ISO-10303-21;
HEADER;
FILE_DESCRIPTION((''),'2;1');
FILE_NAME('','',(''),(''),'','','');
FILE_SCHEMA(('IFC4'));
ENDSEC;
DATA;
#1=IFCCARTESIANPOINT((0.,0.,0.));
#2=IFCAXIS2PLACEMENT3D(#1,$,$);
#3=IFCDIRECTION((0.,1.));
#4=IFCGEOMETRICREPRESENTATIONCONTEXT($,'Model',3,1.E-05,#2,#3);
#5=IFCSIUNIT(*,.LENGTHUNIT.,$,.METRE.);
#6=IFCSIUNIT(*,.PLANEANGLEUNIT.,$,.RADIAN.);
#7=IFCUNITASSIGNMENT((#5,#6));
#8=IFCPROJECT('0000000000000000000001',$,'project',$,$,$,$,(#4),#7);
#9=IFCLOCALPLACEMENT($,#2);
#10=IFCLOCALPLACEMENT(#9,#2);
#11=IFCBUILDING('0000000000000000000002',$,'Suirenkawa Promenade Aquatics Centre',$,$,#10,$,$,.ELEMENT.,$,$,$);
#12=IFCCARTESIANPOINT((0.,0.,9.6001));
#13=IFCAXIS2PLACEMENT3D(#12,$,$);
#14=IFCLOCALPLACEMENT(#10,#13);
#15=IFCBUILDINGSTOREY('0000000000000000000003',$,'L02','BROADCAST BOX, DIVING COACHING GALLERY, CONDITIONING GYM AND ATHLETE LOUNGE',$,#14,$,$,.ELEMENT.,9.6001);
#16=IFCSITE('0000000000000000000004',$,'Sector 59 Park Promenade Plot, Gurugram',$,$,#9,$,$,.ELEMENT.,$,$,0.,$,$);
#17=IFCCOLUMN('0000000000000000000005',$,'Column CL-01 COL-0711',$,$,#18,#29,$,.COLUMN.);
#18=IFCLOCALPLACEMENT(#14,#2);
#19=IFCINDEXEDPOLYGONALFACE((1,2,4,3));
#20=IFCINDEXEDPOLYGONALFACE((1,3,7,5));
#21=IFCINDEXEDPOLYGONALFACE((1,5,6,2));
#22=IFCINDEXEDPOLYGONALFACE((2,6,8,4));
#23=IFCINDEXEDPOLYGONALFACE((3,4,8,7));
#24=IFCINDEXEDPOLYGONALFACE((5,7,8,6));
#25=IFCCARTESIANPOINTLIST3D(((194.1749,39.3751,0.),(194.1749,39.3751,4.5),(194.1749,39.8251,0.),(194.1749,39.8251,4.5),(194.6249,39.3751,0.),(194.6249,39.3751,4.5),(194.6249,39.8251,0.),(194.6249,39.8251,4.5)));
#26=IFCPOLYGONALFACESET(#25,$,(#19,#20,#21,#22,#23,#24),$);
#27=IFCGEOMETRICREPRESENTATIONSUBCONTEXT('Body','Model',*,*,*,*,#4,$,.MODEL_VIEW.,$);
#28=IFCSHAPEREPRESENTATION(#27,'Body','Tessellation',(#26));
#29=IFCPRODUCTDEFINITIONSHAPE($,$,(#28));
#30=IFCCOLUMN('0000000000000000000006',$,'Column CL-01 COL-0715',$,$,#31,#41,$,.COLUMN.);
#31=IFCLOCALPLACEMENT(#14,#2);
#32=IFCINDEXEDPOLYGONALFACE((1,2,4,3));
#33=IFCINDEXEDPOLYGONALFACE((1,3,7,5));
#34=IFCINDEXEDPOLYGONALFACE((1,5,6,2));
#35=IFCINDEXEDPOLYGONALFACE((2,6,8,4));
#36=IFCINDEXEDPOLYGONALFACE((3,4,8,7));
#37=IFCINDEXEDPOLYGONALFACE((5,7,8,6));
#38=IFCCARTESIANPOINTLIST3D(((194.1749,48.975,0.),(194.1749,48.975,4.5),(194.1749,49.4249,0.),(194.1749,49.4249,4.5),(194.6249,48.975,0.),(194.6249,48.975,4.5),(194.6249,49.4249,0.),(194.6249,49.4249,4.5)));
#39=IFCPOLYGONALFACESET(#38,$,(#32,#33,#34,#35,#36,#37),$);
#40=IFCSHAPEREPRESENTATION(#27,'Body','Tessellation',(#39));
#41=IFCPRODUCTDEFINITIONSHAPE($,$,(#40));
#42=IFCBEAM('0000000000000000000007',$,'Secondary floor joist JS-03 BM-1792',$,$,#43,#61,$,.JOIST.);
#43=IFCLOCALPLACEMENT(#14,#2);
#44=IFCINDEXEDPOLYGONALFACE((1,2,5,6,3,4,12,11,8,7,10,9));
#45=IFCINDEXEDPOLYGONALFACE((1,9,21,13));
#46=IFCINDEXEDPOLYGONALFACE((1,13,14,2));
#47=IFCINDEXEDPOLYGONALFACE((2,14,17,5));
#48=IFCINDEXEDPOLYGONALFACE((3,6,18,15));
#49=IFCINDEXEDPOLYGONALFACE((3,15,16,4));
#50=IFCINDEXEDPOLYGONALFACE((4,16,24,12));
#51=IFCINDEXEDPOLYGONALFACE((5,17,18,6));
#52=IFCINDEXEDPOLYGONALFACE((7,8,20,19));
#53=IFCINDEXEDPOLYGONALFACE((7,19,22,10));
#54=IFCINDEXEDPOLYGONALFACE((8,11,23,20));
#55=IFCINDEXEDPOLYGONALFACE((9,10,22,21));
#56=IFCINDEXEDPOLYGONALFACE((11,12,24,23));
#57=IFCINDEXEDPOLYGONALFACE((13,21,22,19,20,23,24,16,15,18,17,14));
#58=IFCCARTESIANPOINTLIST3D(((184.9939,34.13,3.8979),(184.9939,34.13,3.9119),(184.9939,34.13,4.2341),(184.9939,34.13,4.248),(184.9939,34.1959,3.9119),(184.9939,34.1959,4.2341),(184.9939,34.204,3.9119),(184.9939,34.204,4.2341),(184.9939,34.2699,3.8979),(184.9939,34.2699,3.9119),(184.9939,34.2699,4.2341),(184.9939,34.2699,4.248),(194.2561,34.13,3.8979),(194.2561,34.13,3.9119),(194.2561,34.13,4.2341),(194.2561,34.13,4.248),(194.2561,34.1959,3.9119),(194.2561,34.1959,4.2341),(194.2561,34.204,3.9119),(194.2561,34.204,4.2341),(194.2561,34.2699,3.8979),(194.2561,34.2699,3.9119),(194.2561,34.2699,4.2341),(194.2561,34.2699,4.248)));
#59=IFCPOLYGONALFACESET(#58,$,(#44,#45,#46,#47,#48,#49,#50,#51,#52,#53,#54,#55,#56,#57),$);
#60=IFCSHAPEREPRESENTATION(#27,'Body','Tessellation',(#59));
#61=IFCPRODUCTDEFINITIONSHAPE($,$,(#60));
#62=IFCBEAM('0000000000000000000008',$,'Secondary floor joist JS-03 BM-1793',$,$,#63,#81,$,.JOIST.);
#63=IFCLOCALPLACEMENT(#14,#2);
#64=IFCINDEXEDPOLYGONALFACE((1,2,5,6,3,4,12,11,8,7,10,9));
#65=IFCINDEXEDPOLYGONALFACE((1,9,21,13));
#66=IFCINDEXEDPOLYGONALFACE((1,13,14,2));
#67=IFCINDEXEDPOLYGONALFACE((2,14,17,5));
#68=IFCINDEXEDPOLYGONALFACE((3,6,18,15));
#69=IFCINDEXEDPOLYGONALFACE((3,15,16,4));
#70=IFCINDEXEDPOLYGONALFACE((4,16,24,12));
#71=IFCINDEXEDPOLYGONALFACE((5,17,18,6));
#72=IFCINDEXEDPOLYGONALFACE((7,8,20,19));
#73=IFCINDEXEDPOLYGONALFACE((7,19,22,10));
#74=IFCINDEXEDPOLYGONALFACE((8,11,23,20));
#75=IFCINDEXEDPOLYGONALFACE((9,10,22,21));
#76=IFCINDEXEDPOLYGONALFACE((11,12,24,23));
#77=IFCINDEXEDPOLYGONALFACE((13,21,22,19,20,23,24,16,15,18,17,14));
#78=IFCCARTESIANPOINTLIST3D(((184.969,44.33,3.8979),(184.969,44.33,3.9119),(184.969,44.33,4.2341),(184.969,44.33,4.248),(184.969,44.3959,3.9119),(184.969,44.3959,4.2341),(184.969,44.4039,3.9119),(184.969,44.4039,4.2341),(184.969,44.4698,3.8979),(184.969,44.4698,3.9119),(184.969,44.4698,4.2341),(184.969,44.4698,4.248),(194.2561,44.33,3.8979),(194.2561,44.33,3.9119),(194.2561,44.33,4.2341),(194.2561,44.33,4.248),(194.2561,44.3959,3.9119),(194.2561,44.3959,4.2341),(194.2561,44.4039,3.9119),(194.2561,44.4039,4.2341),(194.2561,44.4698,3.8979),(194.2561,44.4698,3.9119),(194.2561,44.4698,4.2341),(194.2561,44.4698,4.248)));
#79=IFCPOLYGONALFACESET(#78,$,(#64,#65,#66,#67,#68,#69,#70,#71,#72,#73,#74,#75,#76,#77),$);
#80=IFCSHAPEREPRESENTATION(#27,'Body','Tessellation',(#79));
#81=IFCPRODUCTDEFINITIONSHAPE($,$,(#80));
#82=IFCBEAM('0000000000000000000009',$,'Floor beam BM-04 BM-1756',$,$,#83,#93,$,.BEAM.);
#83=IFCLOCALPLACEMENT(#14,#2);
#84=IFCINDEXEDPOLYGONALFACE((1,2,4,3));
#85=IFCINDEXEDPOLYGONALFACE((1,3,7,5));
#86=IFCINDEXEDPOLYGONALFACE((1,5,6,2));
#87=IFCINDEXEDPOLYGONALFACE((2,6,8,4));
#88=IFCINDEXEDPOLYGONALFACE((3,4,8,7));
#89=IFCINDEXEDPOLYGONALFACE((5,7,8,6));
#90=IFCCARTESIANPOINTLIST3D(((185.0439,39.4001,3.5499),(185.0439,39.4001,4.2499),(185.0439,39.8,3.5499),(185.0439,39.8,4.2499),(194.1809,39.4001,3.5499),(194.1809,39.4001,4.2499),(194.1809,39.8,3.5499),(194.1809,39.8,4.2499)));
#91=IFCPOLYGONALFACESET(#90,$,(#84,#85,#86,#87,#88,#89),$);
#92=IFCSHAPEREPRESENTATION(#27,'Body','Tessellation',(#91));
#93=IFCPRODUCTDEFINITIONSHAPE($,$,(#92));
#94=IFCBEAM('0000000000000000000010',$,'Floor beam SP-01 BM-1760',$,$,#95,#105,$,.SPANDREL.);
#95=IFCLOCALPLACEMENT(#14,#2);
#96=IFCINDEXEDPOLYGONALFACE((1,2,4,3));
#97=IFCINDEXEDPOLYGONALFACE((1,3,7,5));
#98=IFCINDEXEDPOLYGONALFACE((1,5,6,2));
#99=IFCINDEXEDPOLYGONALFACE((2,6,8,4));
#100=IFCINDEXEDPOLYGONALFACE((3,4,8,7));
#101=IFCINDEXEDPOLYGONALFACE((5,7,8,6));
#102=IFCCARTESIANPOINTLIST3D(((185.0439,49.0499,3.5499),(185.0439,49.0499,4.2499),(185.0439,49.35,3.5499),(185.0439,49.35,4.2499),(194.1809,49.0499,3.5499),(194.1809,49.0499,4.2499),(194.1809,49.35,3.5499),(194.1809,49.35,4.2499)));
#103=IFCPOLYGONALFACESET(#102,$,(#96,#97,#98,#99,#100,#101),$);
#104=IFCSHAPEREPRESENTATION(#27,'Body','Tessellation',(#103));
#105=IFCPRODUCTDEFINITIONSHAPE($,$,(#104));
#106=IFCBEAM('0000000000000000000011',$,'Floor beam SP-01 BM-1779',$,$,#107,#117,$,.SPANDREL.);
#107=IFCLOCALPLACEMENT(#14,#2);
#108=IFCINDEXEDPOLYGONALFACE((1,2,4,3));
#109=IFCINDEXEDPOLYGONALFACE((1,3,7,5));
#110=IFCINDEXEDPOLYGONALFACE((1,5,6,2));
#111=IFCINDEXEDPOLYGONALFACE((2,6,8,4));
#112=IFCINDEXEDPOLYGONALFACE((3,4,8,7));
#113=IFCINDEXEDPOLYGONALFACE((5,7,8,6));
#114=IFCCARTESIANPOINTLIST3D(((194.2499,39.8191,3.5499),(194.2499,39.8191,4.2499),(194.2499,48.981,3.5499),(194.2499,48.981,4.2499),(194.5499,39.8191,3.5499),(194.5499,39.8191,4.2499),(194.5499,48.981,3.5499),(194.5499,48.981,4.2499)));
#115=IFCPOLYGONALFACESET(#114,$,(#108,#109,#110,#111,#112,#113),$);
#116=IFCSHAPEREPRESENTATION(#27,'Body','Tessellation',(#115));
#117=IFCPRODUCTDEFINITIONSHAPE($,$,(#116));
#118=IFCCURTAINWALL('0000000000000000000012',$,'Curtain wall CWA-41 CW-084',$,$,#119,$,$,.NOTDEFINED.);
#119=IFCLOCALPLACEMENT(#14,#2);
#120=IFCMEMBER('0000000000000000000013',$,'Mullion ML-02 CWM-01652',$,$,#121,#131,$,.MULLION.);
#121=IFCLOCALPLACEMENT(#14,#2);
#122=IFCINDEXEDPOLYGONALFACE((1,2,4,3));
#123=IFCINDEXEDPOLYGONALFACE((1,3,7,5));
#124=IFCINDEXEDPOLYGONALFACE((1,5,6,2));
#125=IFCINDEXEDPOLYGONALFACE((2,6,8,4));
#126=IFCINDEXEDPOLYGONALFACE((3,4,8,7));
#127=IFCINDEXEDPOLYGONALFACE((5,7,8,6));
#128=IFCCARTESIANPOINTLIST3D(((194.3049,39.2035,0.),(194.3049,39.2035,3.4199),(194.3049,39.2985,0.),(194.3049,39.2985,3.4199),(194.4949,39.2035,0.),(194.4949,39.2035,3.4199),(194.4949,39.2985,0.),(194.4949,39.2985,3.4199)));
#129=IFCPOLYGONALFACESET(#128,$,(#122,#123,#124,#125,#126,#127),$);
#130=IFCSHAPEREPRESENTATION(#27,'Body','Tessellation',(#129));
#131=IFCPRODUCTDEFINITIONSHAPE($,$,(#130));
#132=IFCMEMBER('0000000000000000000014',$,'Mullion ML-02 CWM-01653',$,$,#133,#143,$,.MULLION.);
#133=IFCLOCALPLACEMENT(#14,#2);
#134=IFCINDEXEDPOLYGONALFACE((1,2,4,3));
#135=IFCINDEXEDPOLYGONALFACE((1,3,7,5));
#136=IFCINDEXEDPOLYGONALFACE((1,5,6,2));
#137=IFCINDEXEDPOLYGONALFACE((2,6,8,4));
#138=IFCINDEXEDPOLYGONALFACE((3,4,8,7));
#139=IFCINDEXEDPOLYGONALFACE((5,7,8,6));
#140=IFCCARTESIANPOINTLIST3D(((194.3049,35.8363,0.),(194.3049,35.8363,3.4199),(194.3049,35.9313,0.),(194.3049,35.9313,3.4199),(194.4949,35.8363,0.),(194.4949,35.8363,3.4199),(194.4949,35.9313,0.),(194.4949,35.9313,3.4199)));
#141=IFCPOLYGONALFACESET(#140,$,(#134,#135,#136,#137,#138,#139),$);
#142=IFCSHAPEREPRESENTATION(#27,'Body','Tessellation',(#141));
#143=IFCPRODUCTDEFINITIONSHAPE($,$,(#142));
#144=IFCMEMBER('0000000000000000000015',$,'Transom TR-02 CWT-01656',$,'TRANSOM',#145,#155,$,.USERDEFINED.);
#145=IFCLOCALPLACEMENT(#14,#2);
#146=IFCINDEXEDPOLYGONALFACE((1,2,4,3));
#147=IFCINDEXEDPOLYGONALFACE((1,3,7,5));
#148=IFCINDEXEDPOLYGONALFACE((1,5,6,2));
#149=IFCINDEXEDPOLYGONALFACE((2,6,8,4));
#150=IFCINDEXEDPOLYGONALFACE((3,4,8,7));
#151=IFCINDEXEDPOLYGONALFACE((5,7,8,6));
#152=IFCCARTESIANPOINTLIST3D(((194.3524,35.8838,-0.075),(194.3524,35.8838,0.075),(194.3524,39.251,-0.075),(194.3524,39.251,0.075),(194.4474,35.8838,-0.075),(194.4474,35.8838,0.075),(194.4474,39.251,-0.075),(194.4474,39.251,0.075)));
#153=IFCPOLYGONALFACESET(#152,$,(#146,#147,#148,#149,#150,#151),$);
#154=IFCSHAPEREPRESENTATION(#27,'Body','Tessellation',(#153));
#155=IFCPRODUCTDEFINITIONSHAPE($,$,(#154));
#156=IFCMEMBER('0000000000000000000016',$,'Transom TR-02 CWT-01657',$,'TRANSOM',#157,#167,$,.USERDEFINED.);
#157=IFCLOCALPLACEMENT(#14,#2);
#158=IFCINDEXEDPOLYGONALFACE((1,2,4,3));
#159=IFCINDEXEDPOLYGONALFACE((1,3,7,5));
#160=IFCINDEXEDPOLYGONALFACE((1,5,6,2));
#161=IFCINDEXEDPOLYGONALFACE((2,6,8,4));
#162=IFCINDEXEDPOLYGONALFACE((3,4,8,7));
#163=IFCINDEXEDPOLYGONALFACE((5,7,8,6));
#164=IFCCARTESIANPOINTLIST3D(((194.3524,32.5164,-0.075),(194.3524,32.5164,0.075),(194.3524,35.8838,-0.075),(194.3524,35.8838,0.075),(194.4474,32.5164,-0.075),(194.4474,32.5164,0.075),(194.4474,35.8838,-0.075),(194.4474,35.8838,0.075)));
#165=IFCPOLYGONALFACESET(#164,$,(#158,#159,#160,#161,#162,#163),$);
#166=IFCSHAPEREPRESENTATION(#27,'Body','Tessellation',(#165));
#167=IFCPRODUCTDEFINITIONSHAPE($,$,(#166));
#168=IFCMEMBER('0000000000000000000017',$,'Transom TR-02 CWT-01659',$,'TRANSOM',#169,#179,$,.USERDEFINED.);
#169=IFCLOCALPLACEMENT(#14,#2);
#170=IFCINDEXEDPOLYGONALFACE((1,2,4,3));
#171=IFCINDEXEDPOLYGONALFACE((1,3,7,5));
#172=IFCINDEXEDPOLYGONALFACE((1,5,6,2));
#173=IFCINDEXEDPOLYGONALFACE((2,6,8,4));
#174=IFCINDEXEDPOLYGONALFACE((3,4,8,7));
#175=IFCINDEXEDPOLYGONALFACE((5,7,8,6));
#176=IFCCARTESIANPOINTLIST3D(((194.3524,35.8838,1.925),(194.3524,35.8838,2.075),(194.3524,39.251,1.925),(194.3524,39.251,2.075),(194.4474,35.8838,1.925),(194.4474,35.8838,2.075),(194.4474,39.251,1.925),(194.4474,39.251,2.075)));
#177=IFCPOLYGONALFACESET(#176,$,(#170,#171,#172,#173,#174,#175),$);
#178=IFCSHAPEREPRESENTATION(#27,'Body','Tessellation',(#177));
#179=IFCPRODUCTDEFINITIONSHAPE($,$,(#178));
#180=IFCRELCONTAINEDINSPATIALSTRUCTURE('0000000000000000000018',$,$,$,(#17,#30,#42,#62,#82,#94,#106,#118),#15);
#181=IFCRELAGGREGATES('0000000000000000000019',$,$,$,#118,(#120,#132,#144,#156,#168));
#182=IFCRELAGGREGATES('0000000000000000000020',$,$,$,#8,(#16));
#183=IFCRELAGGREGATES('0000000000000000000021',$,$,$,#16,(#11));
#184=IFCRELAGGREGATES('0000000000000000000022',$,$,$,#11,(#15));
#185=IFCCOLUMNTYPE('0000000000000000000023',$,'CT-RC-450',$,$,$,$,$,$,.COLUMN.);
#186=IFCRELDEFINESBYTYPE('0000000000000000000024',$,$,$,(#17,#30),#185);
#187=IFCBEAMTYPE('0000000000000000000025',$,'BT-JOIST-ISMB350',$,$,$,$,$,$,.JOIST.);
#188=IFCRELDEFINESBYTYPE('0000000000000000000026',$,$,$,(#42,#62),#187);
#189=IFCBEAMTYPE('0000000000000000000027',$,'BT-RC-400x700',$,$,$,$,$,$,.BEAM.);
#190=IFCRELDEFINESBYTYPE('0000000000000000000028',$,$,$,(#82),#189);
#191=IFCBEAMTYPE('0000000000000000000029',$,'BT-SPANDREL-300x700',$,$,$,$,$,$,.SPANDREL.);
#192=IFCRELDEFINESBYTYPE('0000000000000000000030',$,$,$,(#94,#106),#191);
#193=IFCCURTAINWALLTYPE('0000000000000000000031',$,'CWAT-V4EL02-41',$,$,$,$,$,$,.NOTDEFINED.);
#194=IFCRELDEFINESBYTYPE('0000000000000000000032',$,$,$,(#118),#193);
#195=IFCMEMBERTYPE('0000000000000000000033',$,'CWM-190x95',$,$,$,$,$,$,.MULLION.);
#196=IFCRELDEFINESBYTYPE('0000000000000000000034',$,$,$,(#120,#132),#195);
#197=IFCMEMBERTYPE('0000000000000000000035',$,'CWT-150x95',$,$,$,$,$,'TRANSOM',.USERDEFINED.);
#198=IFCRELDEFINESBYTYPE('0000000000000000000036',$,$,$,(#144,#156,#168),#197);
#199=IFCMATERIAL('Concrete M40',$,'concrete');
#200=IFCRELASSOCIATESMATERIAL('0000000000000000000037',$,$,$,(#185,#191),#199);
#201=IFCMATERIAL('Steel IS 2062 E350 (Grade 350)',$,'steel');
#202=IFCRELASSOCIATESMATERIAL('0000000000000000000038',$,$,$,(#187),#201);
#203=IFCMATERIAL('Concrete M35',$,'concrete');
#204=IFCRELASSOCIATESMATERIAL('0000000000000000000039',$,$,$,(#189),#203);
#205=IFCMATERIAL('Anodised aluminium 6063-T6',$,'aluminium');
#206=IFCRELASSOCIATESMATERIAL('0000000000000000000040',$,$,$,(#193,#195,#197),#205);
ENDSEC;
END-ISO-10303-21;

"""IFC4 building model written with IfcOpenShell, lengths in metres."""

from ifc_helpers import new_model, si_unit, direction, frame, origin, origin_2d, place, context, subcontext, project, spatial, rectangle, i_section, extrude, material, material_profile, profile_set, type_object, element, aggregate, save


model = new_model("IFC4")

# Units and contexts
model_context = context("Model", 3, precision=1e-05, world=origin(), true_north=direction((0.0, 1.0)))
body_context = subcontext(model_context, "Body", "Model", "MODEL_VIEW")
ifc_project = project(units=[si_unit("LENGTHUNIT", "METRE"), si_unit("PLANEANGLEUNIT", "RADIAN")], contexts=[model_context])

# Site, building, storey
site_placement = place(None, origin())
site = spatial("IfcSite", under=ifc_project, at=site_placement, Name="Sector 59 Park Promenade Plot, Gurugram", CompositionType="ELEMENT", RefElevation=0.0)
building_placement = place(site_placement, origin())
building = spatial("IfcBuilding", under=site, at=building_placement, Name="Suirenkawa Promenade Aquatics Centre", CompositionType="ELEMENT")
storey_placement = place(building_placement, frame((0.0, 0.0, 9.6001)))
storey = spatial("IfcBuildingStorey", under=building, at=storey_placement, Name="L02", Description="BROADCAST BOX, DIVING COACHING GALLERY, CONDITIONING GYM AND ATHLETE LOUNGE", CompositionType="ELEMENT", Elevation=9.6001)

# Columns
ifc_material_1 = material(Name="Concrete M40", Category="concrete")
ifc_material_profile_1 = material_profile(ifc_material_1, rectangle(XDim=0.45, YDim=0.45, at=origin_2d()), Name="RC COL 450x450", Category="concrete")
ifc_profile_set_1 = profile_set([ifc_material_profile_1], Name="Concrete M40")
column_type = type_object("IfcColumnType", Name="CT-RC-450", PredefinedType="COLUMN", material=ifc_profile_set_1)
for number, where, z_axis, x_axis, name in (
    (1, (194.3999, 39.6001, 0.0), (0.0, 0.0, 1.0), (1.0, 0.0, 0.0), "Column CL-01 COL-0711"),
    (2, (194.3999, 49.2, 0.0), (0.0, 0.0, 1.0), (1.0, 0.0, 0.0), "Column CL-01 COL-0715"),
):
    element("IfcColumn", number, at=place(storey_placement, frame(where, z_axis=z_axis, x_axis=x_axis)), inside=storey, type_object=column_type, Name=name, PredefinedType="COLUMN", context=body_context, shape_type="SweptSolid", body=[
        extrude(rectangle(XDim=0.45, YDim=0.45, at=origin_2d()), origin(), (0.0, 0.0, 1.0), 4.5),
    ])

# Beams
ifc_material_2 = material(Name="Steel IS 2062 E350 (Grade 350)", Category="steel")
ifc_material_profile_2 = material_profile(ifc_material_2, i_section(OverallWidth=0.1399, OverallDepth=0.3501, WebThickness=0.0081, FlangeThickness=0.0139, at=origin_2d()), Name="ISMB 350", Category="steel")
ifc_profile_set_2 = profile_set([ifc_material_profile_2], Name="Steel IS 2062 E350 (Grade 350)")
beam_type_1 = type_object("IfcBeamType", Name="BT-JOIST-ISMB350", PredefinedType="JOIST", material=ifc_profile_set_2)
beam_1_placement = place(storey_placement, frame((184.9939, 34.2, 4.073), z_axis=(1.0, 0.0, 0.0), x_axis=(0.0, 1.0, 0.0)))
element("IfcBeam", 3, at=beam_1_placement, inside=storey, type_object=beam_type_1, Name="Secondary floor joist JS-03 BM-1792", PredefinedType="JOIST", context=body_context, shape_type="SweptSolid", body=[
    extrude(i_section(OverallWidth=0.1399, OverallDepth=0.3501, WebThickness=0.0081, FlangeThickness=0.0139, at=origin_2d()), origin(), (0.0, 0.0, 1.0), 9.2622),
])
beam_2_placement = place(storey_placement, frame((184.969, 44.3999, 4.073), z_axis=(1.0, 0.0, 0.0), x_axis=(0.0, 1.0, 0.0)))
element("IfcBeam", 4, at=beam_2_placement, inside=storey, type_object=beam_type_1, Name="Secondary floor joist JS-03 BM-1793", PredefinedType="JOIST", context=body_context, shape_type="SweptSolid", body=[
    extrude(i_section(OverallWidth=0.1399, OverallDepth=0.3501, WebThickness=0.0081, FlangeThickness=0.0139, at=origin_2d()), origin(), (0.0, 0.0, 1.0), 9.2871),
])
ifc_material_3 = material(Name="Concrete M35", Category="concrete")
ifc_material_profile_3 = material_profile(ifc_material_3, rectangle(XDim=0.3999, YDim=0.7, at=origin_2d()), Name="RC BM 400x700", Category="concrete")
ifc_profile_set_3 = profile_set([ifc_material_profile_3], Name="Concrete M35")
beam_type_2 = type_object("IfcBeamType", Name="BT-RC-400x700", PredefinedType="BEAM", material=ifc_profile_set_3)
beam_3_placement = place(storey_placement, frame((185.0439, 39.6001, 3.8999), z_axis=(1.0, 0.0, 0.0), x_axis=(0.0, 1.0, 0.0)))
element("IfcBeam", 5, at=beam_3_placement, inside=storey, type_object=beam_type_2, Name="Floor beam BM-04 BM-1756", PredefinedType="BEAM", context=body_context, shape_type="SweptSolid", body=[
    extrude(rectangle(XDim=0.3999, YDim=0.7, at=origin_2d()), origin(), (0.0, 0.0, 1.0), 9.137),
])
ifc_material_profile_4 = material_profile(ifc_material_1, rectangle(XDim=0.3, YDim=0.7, at=origin_2d()), Name="RC SPANDREL 300x700", Category="concrete")
ifc_profile_set_4 = profile_set([ifc_material_profile_4], Name="Concrete M40")
beam_type_3 = type_object("IfcBeamType", Name="BT-SPANDREL-300x700", PredefinedType="SPANDREL", material=ifc_profile_set_4)
beam_4_placement = place(storey_placement, frame((185.0439, 49.2, 3.8999), z_axis=(1.0, 0.0, 0.0), x_axis=(0.0, 1.0, 0.0)))
element("IfcBeam", 6, at=beam_4_placement, inside=storey, type_object=beam_type_3, Name="Floor beam SP-01 BM-1760", PredefinedType="SPANDREL", context=body_context, shape_type="SweptSolid", body=[
    extrude(rectangle(XDim=0.3, YDim=0.7, at=origin_2d()), origin(), (0.0, 0.0, 1.0), 9.137),
])
beam_5_placement = place(storey_placement, frame((194.3999, 39.8191, 3.8999), z_axis=(0.0, 1.0, 0.0), x_axis=(-1.0, 0.0, 0.0)))
element("IfcBeam", 7, at=beam_5_placement, inside=storey, type_object=beam_type_3, Name="Floor beam SP-01 BM-1779", PredefinedType="SPANDREL", context=body_context, shape_type="SweptSolid", body=[
    extrude(rectangle(XDim=0.3, YDim=0.7, at=origin_2d()), origin(), (0.0, 0.0, 1.0), 9.1619),
])

# Curtain wall, members
ifc_material_4 = material(Name="Anodised aluminium 6063-T6", Category="aluminium")
curtain_wall_type = type_object("IfcCurtainWallType", Name="CWAT-V4EL02-41", PredefinedType="NOTDEFINED", material=ifc_material_4)
curtain_wall_placement = place(storey_placement, origin())
curtain_wall = element("IfcCurtainWall", 8, at=curtain_wall_placement, inside=storey, type_object=curtain_wall_type, Name="Curtain wall CWA-41 CW-084", PredefinedType="NOTDEFINED")
ifc_material_profile_5 = material_profile(ifc_material_4, rectangle(XDim=0.095, YDim=0.1899, at=origin_2d()), Name="ALU MULL 95x190", Category="aluminium")
ifc_profile_set_5 = profile_set([ifc_material_profile_5], Name="Anodised aluminium 6063-T6")
member_type_1 = type_object("IfcMemberType", Name="CWM-190x95", PredefinedType="MULLION", material=ifc_profile_set_5)
member_1_placement = place(storey_placement, frame((194.3999, 39.251, 0.0), z_axis=(0.0, 0.0, 1.0), x_axis=(0.0, -1.0, 0.0)))
member_1 = element("IfcMember", 9, at=member_1_placement, type_object=member_type_1, Name="Mullion ML-02 CWM-01652", PredefinedType="MULLION", context=body_context, shape_type="SweptSolid", body=[
    extrude(rectangle(XDim=0.095, YDim=0.1899, at=origin_2d()), origin(), (0.0, 0.0, 1.0), 3.4199),
])
member_2_placement = place(storey_placement, frame((194.3999, 35.8838, 0.0), z_axis=(0.0, 0.0, 1.0), x_axis=(0.0, -1.0, 0.0)))
member_2 = element("IfcMember", 10, at=member_2_placement, type_object=member_type_1, Name="Mullion ML-02 CWM-01653", PredefinedType="MULLION", context=body_context, shape_type="SweptSolid", body=[
    extrude(rectangle(XDim=0.095, YDim=0.1899, at=origin_2d()), origin(), (0.0, 0.0, 1.0), 3.4199),
])
ifc_material_profile_6 = material_profile(ifc_material_4, rectangle(XDim=0.095, YDim=0.1499, at=origin_2d()), Name="ALU TRAN 95x150", Category="aluminium")
ifc_profile_set_6 = profile_set([ifc_material_profile_6], Name="Anodised aluminium 6063-T6")
member_type_2 = type_object("IfcMemberType", Name="CWT-150x95", ElementType="TRANSOM", PredefinedType="USERDEFINED", material=ifc_profile_set_6)
member_3_placement = place(storey_placement, frame((194.3999, 39.251, 0.0), z_axis=(0.0, -1.0, 0.0), x_axis=(1.0, 0.0, 0.0)))
member_3 = element("IfcMember", 11, at=member_3_placement, type_object=member_type_2, Name="Transom TR-02 CWT-01656", ObjectType="TRANSOM", PredefinedType="USERDEFINED", context=body_context, shape_type="SweptSolid", body=[
    extrude(rectangle(XDim=0.095, YDim=0.1499, at=origin_2d()), origin(), (0.0, 0.0, 1.0), 3.3672),
])
member_4_placement = place(storey_placement, frame((194.3999, 35.8838, 0.0), z_axis=(0.0, -1.0, 0.0), x_axis=(1.0, 0.0, 0.0)))
member_4 = element("IfcMember", 12, at=member_4_placement, type_object=member_type_2, Name="Transom TR-02 CWT-01657", ObjectType="TRANSOM", PredefinedType="USERDEFINED", context=body_context, shape_type="SweptSolid", body=[
    extrude(rectangle(XDim=0.095, YDim=0.1499, at=origin_2d()), origin(), (0.0, 0.0, 1.0), 3.3674),
])
member_5_placement = place(storey_placement, frame((194.3999, 39.251, 2.0), z_axis=(0.0, -1.0, 0.0), x_axis=(1.0, 0.0, 0.0)))
member_5 = element("IfcMember", 13, at=member_5_placement, type_object=member_type_2, Name="Transom TR-02 CWT-01659", ObjectType="TRANSOM", PredefinedType="USERDEFINED", context=body_context, shape_type="SweptSolid", body=[
    extrude(rectangle(XDim=0.095, YDim=0.1499, at=origin_2d()), origin(), (0.0, 0.0, 1.0), 3.3672),
])
aggregate(curtain_wall, [member_1, member_2, member_3, member_4, member_5])

save(model, "model.ifc")
